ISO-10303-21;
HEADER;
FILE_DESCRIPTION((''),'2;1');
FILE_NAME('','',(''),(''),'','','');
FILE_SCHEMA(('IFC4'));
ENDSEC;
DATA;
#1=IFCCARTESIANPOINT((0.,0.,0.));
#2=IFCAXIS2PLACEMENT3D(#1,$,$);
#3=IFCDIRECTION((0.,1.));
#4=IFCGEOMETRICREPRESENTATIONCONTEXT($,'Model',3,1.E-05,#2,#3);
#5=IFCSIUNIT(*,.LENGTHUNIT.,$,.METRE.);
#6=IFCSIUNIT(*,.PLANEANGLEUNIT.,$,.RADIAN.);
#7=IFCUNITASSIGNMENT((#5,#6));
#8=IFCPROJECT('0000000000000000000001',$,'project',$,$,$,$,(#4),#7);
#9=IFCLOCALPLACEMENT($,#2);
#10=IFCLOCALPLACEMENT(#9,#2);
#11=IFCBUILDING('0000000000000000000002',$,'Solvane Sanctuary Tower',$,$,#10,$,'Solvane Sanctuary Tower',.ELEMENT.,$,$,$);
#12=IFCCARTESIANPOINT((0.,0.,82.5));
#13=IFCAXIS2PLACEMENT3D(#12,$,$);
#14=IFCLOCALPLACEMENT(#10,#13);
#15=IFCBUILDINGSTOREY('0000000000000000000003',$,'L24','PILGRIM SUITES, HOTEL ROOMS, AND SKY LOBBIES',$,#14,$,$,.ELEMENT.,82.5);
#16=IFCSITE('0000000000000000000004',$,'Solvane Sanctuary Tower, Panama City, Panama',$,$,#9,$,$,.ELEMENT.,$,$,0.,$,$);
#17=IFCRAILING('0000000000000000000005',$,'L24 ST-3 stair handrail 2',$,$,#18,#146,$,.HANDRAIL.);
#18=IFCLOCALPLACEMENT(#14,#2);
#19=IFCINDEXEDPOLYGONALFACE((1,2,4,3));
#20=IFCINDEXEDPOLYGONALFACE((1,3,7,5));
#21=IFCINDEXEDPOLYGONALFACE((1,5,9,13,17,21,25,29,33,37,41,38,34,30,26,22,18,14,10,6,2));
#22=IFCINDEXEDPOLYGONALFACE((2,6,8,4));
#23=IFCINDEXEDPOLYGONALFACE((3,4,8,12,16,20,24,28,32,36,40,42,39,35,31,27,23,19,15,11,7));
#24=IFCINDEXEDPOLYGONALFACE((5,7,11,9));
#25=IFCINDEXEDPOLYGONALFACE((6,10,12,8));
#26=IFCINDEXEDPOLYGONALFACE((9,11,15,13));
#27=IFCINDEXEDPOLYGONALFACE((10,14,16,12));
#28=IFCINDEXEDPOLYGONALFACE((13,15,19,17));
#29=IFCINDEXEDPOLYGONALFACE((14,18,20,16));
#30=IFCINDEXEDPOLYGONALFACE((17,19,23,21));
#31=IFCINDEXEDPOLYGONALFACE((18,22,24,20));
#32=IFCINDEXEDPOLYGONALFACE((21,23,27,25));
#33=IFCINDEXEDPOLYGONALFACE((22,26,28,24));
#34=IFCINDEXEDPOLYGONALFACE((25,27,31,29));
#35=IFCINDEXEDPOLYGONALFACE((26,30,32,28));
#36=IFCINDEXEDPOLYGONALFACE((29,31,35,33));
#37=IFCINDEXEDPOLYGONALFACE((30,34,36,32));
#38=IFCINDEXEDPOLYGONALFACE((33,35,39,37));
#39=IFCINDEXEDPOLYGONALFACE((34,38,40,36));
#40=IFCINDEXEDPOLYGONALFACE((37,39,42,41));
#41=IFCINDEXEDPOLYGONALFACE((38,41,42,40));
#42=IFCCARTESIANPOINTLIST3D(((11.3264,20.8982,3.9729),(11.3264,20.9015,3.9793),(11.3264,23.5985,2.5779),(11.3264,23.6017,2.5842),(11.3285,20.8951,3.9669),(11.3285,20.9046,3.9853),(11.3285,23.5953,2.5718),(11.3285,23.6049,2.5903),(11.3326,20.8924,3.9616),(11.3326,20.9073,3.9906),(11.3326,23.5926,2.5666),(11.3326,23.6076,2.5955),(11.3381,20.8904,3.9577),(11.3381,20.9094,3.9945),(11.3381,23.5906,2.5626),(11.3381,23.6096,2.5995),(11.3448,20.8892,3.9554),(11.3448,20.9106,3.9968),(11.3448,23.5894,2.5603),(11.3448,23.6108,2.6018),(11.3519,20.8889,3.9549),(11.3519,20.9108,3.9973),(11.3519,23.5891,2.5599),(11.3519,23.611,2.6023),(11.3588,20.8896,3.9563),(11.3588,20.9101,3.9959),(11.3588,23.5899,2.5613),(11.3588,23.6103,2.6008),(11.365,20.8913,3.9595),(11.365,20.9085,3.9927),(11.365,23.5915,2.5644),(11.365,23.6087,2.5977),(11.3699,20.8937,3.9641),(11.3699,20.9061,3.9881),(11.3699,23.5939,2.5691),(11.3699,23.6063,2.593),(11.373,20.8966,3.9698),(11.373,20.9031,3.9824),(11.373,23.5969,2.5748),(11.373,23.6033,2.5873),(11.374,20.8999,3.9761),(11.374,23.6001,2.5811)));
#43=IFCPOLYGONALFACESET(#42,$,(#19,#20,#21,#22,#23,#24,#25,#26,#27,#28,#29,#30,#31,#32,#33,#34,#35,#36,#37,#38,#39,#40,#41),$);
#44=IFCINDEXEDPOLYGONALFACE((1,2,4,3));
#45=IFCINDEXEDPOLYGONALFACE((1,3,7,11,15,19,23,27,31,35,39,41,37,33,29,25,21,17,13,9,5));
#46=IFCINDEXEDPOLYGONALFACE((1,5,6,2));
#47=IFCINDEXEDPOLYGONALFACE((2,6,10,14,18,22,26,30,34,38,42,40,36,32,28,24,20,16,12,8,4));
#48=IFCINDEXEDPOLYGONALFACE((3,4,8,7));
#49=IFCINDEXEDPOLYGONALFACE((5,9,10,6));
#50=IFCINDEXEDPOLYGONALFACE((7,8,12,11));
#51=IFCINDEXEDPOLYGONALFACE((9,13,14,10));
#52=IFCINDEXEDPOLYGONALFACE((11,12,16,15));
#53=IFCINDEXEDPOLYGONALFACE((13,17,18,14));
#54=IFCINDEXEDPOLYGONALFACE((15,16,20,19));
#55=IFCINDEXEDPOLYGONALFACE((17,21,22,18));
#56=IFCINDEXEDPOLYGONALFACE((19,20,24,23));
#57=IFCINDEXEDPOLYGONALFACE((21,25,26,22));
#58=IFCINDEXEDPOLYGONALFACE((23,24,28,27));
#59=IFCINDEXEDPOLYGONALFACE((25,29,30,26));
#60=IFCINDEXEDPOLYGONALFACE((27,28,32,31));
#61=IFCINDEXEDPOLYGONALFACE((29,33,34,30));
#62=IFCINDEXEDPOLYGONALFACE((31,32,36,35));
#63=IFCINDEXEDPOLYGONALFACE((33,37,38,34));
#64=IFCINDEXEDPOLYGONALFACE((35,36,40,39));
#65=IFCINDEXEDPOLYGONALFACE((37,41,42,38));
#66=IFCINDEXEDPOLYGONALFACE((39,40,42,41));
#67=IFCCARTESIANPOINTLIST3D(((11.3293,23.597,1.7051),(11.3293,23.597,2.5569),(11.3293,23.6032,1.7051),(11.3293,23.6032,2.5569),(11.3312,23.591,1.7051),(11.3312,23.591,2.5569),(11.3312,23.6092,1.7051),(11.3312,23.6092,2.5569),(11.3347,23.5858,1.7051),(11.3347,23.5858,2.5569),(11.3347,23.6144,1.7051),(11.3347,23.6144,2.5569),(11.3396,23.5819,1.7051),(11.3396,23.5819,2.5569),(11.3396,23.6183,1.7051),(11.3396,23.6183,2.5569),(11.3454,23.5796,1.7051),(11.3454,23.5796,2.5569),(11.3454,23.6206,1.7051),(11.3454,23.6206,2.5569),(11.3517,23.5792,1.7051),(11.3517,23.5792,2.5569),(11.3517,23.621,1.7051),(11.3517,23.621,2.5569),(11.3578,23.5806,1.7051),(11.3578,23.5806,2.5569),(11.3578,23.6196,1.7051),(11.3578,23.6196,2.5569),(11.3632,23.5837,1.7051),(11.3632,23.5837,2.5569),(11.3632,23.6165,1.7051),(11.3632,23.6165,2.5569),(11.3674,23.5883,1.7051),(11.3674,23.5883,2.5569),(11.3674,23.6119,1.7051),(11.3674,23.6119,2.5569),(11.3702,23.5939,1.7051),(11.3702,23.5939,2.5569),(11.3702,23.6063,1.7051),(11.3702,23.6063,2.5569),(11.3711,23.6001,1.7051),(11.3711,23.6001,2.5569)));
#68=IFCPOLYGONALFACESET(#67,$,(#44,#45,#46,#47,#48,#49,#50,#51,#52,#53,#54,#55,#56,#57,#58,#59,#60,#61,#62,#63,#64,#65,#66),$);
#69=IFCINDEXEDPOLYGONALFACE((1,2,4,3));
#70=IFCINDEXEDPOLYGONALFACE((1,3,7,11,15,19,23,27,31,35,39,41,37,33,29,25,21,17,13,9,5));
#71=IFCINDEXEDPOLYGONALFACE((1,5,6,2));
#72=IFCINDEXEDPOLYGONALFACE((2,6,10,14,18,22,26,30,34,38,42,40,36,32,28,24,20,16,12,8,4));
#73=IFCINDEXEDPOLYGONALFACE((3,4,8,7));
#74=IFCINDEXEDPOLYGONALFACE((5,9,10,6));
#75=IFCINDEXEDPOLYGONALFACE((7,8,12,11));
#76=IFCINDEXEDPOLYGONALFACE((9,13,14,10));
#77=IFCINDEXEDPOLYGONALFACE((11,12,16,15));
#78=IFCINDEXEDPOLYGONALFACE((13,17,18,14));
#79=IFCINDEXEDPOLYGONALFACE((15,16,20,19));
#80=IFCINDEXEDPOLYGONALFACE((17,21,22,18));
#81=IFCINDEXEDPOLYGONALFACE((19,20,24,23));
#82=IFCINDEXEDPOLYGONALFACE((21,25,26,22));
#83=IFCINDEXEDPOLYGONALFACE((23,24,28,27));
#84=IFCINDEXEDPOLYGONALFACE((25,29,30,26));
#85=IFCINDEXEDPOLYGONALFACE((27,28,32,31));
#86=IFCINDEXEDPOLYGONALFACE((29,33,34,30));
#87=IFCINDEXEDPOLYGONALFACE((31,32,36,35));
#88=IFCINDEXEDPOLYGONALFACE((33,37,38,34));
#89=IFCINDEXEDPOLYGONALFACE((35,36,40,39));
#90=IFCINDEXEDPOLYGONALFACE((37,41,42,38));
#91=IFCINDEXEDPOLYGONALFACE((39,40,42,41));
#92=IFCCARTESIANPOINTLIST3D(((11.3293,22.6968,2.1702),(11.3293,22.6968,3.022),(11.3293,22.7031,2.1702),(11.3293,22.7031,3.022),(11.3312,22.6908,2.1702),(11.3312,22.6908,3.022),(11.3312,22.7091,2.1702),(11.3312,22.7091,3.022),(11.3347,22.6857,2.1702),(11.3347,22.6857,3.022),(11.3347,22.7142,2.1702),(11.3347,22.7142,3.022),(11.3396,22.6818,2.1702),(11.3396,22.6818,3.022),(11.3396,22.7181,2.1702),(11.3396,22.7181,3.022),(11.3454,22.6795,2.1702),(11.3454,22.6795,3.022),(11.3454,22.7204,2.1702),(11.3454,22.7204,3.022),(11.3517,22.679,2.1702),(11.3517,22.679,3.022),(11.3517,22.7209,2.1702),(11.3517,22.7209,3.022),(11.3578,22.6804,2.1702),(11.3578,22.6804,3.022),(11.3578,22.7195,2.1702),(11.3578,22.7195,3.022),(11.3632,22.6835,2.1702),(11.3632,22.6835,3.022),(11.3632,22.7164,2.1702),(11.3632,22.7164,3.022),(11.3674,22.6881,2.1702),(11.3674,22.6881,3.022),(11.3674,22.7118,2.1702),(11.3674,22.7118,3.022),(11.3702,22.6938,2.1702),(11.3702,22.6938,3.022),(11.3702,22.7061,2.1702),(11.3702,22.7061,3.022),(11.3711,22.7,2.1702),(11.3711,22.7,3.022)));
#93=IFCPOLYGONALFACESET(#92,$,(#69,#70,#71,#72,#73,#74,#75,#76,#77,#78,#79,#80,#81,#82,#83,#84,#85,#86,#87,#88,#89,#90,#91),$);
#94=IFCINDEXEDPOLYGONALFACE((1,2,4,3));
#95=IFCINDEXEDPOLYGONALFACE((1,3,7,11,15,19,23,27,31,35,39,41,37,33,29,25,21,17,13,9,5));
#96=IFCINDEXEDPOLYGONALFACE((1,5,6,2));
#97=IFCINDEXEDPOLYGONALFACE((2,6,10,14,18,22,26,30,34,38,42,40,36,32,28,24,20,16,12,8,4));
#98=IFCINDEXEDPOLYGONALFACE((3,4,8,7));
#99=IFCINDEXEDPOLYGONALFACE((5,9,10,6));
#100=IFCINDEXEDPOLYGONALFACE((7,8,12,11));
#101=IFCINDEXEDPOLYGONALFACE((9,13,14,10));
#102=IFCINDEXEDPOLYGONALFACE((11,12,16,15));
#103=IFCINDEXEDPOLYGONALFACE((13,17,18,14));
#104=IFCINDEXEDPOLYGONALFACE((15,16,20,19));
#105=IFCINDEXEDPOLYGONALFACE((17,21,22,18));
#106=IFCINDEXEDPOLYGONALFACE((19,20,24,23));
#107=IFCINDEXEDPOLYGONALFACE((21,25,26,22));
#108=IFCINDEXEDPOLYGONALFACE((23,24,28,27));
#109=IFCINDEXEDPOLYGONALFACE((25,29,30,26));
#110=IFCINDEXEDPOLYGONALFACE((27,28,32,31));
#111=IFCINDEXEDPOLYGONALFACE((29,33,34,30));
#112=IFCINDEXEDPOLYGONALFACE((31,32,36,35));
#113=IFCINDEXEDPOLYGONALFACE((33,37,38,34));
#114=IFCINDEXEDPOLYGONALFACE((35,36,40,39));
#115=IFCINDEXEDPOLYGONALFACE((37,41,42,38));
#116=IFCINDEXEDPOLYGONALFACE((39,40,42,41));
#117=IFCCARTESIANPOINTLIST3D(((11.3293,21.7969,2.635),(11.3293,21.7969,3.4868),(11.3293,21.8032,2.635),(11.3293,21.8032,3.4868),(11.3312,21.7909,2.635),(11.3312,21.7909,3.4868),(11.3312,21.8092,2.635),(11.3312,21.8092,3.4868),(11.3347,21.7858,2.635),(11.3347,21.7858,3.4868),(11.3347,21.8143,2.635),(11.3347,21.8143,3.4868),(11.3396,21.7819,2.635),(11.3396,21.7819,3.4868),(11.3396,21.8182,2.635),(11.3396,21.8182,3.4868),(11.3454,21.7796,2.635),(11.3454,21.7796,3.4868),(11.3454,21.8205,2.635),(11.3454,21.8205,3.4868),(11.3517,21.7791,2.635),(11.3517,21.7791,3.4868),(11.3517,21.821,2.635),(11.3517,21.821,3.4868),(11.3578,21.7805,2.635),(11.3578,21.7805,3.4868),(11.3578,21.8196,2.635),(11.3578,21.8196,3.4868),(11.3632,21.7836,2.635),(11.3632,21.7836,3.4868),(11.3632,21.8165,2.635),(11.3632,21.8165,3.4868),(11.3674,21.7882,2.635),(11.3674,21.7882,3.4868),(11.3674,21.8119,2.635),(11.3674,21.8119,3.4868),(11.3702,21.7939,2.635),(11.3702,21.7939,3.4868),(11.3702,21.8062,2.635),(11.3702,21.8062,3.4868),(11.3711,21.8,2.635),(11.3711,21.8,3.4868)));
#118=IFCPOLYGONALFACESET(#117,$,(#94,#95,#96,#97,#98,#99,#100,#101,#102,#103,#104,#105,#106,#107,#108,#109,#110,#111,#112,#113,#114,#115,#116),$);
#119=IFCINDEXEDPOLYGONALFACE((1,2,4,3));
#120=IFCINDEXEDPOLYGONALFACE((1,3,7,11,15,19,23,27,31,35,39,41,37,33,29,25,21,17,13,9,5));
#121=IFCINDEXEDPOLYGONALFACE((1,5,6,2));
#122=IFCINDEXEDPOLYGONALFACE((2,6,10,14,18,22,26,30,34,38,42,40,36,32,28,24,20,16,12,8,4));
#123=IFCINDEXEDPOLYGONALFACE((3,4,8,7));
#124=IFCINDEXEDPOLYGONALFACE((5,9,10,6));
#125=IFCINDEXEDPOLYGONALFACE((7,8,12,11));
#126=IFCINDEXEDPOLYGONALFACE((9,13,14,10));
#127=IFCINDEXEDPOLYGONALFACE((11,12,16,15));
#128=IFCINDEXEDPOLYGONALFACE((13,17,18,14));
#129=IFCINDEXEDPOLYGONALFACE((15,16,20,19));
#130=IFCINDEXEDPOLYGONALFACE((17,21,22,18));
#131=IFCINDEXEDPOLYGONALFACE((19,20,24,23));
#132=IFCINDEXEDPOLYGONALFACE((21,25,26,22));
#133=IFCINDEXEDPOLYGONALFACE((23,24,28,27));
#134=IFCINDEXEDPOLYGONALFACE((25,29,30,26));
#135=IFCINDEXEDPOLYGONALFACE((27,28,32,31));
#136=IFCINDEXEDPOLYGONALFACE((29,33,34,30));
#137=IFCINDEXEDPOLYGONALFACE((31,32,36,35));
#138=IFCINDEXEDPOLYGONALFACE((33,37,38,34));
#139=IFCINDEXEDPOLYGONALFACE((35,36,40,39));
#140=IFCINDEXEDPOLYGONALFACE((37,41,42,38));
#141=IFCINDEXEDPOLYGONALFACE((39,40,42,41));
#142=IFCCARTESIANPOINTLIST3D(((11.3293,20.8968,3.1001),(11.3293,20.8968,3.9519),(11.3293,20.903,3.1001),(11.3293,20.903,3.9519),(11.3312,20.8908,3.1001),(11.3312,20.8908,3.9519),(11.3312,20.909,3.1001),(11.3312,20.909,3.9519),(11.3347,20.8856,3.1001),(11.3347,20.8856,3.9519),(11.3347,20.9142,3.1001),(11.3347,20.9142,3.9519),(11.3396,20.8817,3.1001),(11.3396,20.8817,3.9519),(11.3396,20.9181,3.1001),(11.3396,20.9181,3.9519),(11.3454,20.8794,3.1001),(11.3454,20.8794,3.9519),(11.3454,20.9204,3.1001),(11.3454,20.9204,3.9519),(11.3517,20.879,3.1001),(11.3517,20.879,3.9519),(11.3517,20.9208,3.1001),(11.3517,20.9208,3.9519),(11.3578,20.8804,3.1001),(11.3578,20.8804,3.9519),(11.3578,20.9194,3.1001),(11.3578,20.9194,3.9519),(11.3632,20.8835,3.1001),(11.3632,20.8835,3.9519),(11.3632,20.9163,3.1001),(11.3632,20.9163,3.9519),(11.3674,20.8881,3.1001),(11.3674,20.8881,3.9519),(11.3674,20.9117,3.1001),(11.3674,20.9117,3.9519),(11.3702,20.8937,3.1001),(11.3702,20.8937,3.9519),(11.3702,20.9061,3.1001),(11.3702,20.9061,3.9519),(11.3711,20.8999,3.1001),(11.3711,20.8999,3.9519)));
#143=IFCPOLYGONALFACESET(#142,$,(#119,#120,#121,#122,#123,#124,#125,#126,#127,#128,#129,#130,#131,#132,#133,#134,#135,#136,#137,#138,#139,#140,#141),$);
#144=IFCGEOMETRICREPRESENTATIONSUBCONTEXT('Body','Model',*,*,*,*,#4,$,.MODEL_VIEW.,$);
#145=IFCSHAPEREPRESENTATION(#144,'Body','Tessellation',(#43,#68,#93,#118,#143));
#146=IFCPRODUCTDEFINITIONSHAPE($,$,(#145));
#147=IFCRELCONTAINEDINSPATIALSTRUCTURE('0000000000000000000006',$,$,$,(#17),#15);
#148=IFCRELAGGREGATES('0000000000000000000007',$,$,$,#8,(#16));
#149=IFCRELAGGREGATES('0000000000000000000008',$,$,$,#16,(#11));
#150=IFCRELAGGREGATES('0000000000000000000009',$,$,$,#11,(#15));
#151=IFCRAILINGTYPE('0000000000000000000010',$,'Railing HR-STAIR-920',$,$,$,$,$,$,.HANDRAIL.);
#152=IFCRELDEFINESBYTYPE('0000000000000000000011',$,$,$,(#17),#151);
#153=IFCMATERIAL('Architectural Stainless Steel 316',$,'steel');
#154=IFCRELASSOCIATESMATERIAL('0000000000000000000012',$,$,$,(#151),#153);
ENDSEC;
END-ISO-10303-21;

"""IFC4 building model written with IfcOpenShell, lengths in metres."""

from ifc_helpers import new_model, si_unit, direction, frame, origin, origin_2d, place, context, subcontext, project, spatial, circle, extrude, material, type_object, element, save


model = new_model("IFC4")

# Units and contexts
model_context = context("Model", 3, precision=1e-05, world=origin(), true_north=direction((0.0, 1.0)))
body_context = subcontext(model_context, "Body", "Model", "MODEL_VIEW")
ifc_project = project(units=[si_unit("LENGTHUNIT", "METRE"), si_unit("PLANEANGLEUNIT", "RADIAN")], contexts=[model_context])

# Site, building, storey
site_placement = place(None, origin())
site = spatial("IfcSite", under=ifc_project, at=site_placement, Name="Solvane Sanctuary Tower, Panama City, Panama", CompositionType="ELEMENT", RefElevation=0.0)
building_placement = place(site_placement, origin())
building = spatial("IfcBuilding", under=site, at=building_placement, Name="Solvane Sanctuary Tower", LongName="Solvane Sanctuary Tower", CompositionType="ELEMENT")
storey_placement = place(building_placement, frame((0.0, 0.0, 82.5)))
storey = spatial("IfcBuildingStorey", under=building, at=storey_placement, Name="L24", Description="PILGRIM SUITES, HOTEL ROOMS, AND SKY LOBBIES", CompositionType="ELEMENT", Elevation=82.5)

# Shared definitions
ifc_material_1 = material(Name="Architectural Stainless Steel 316", Category="steel")

# Railing
railing_type_1 = type_object("IfcRailingType", Name="Railing HR-STAIR-920", PredefinedType="HANDRAIL", material=ifc_material_1)
railing_1_placement = place(storey_placement, frame((11.3501, 23.6001, 1.7051)))
element("IfcRailing", 1, at=railing_1_placement, inside=storey, type_object=railing_type_1, Name="L24 ST-3 stair handrail 2", PredefinedType="HANDRAIL", context=body_context, shape_type="SweptSolid", body=[
    extrude(circle(Radius=0.0239, at=origin_2d()), frame((0.0, 0.0, 0.876), z_axis=(0.0, -0.888437, 0.458999), x_axis=(1.0, 0.0, 0.0)), (0.0, 0.0, 1.0), 3.0393),
    extrude(circle(Radius=0.021, at=origin_2d()), origin(), (0.0, 0.0, 1.0), 0.8518),
    extrude(circle(Radius=0.021, at=origin_2d()), frame((0.0, -0.9001, 0.4651)), (0.0, 0.0, 1.0), 0.8518),
    extrude(circle(Radius=0.021, at=origin_2d()), frame((0.0, -1.8, 0.9299)), (0.0, 0.0, 1.0), 0.8518),
    extrude(circle(Radius=0.021, at=origin_2d()), frame((0.0, -2.7002, 1.395)), (0.0, 0.0, 1.0), 0.8518),
])

save(model, "model.ifc")
